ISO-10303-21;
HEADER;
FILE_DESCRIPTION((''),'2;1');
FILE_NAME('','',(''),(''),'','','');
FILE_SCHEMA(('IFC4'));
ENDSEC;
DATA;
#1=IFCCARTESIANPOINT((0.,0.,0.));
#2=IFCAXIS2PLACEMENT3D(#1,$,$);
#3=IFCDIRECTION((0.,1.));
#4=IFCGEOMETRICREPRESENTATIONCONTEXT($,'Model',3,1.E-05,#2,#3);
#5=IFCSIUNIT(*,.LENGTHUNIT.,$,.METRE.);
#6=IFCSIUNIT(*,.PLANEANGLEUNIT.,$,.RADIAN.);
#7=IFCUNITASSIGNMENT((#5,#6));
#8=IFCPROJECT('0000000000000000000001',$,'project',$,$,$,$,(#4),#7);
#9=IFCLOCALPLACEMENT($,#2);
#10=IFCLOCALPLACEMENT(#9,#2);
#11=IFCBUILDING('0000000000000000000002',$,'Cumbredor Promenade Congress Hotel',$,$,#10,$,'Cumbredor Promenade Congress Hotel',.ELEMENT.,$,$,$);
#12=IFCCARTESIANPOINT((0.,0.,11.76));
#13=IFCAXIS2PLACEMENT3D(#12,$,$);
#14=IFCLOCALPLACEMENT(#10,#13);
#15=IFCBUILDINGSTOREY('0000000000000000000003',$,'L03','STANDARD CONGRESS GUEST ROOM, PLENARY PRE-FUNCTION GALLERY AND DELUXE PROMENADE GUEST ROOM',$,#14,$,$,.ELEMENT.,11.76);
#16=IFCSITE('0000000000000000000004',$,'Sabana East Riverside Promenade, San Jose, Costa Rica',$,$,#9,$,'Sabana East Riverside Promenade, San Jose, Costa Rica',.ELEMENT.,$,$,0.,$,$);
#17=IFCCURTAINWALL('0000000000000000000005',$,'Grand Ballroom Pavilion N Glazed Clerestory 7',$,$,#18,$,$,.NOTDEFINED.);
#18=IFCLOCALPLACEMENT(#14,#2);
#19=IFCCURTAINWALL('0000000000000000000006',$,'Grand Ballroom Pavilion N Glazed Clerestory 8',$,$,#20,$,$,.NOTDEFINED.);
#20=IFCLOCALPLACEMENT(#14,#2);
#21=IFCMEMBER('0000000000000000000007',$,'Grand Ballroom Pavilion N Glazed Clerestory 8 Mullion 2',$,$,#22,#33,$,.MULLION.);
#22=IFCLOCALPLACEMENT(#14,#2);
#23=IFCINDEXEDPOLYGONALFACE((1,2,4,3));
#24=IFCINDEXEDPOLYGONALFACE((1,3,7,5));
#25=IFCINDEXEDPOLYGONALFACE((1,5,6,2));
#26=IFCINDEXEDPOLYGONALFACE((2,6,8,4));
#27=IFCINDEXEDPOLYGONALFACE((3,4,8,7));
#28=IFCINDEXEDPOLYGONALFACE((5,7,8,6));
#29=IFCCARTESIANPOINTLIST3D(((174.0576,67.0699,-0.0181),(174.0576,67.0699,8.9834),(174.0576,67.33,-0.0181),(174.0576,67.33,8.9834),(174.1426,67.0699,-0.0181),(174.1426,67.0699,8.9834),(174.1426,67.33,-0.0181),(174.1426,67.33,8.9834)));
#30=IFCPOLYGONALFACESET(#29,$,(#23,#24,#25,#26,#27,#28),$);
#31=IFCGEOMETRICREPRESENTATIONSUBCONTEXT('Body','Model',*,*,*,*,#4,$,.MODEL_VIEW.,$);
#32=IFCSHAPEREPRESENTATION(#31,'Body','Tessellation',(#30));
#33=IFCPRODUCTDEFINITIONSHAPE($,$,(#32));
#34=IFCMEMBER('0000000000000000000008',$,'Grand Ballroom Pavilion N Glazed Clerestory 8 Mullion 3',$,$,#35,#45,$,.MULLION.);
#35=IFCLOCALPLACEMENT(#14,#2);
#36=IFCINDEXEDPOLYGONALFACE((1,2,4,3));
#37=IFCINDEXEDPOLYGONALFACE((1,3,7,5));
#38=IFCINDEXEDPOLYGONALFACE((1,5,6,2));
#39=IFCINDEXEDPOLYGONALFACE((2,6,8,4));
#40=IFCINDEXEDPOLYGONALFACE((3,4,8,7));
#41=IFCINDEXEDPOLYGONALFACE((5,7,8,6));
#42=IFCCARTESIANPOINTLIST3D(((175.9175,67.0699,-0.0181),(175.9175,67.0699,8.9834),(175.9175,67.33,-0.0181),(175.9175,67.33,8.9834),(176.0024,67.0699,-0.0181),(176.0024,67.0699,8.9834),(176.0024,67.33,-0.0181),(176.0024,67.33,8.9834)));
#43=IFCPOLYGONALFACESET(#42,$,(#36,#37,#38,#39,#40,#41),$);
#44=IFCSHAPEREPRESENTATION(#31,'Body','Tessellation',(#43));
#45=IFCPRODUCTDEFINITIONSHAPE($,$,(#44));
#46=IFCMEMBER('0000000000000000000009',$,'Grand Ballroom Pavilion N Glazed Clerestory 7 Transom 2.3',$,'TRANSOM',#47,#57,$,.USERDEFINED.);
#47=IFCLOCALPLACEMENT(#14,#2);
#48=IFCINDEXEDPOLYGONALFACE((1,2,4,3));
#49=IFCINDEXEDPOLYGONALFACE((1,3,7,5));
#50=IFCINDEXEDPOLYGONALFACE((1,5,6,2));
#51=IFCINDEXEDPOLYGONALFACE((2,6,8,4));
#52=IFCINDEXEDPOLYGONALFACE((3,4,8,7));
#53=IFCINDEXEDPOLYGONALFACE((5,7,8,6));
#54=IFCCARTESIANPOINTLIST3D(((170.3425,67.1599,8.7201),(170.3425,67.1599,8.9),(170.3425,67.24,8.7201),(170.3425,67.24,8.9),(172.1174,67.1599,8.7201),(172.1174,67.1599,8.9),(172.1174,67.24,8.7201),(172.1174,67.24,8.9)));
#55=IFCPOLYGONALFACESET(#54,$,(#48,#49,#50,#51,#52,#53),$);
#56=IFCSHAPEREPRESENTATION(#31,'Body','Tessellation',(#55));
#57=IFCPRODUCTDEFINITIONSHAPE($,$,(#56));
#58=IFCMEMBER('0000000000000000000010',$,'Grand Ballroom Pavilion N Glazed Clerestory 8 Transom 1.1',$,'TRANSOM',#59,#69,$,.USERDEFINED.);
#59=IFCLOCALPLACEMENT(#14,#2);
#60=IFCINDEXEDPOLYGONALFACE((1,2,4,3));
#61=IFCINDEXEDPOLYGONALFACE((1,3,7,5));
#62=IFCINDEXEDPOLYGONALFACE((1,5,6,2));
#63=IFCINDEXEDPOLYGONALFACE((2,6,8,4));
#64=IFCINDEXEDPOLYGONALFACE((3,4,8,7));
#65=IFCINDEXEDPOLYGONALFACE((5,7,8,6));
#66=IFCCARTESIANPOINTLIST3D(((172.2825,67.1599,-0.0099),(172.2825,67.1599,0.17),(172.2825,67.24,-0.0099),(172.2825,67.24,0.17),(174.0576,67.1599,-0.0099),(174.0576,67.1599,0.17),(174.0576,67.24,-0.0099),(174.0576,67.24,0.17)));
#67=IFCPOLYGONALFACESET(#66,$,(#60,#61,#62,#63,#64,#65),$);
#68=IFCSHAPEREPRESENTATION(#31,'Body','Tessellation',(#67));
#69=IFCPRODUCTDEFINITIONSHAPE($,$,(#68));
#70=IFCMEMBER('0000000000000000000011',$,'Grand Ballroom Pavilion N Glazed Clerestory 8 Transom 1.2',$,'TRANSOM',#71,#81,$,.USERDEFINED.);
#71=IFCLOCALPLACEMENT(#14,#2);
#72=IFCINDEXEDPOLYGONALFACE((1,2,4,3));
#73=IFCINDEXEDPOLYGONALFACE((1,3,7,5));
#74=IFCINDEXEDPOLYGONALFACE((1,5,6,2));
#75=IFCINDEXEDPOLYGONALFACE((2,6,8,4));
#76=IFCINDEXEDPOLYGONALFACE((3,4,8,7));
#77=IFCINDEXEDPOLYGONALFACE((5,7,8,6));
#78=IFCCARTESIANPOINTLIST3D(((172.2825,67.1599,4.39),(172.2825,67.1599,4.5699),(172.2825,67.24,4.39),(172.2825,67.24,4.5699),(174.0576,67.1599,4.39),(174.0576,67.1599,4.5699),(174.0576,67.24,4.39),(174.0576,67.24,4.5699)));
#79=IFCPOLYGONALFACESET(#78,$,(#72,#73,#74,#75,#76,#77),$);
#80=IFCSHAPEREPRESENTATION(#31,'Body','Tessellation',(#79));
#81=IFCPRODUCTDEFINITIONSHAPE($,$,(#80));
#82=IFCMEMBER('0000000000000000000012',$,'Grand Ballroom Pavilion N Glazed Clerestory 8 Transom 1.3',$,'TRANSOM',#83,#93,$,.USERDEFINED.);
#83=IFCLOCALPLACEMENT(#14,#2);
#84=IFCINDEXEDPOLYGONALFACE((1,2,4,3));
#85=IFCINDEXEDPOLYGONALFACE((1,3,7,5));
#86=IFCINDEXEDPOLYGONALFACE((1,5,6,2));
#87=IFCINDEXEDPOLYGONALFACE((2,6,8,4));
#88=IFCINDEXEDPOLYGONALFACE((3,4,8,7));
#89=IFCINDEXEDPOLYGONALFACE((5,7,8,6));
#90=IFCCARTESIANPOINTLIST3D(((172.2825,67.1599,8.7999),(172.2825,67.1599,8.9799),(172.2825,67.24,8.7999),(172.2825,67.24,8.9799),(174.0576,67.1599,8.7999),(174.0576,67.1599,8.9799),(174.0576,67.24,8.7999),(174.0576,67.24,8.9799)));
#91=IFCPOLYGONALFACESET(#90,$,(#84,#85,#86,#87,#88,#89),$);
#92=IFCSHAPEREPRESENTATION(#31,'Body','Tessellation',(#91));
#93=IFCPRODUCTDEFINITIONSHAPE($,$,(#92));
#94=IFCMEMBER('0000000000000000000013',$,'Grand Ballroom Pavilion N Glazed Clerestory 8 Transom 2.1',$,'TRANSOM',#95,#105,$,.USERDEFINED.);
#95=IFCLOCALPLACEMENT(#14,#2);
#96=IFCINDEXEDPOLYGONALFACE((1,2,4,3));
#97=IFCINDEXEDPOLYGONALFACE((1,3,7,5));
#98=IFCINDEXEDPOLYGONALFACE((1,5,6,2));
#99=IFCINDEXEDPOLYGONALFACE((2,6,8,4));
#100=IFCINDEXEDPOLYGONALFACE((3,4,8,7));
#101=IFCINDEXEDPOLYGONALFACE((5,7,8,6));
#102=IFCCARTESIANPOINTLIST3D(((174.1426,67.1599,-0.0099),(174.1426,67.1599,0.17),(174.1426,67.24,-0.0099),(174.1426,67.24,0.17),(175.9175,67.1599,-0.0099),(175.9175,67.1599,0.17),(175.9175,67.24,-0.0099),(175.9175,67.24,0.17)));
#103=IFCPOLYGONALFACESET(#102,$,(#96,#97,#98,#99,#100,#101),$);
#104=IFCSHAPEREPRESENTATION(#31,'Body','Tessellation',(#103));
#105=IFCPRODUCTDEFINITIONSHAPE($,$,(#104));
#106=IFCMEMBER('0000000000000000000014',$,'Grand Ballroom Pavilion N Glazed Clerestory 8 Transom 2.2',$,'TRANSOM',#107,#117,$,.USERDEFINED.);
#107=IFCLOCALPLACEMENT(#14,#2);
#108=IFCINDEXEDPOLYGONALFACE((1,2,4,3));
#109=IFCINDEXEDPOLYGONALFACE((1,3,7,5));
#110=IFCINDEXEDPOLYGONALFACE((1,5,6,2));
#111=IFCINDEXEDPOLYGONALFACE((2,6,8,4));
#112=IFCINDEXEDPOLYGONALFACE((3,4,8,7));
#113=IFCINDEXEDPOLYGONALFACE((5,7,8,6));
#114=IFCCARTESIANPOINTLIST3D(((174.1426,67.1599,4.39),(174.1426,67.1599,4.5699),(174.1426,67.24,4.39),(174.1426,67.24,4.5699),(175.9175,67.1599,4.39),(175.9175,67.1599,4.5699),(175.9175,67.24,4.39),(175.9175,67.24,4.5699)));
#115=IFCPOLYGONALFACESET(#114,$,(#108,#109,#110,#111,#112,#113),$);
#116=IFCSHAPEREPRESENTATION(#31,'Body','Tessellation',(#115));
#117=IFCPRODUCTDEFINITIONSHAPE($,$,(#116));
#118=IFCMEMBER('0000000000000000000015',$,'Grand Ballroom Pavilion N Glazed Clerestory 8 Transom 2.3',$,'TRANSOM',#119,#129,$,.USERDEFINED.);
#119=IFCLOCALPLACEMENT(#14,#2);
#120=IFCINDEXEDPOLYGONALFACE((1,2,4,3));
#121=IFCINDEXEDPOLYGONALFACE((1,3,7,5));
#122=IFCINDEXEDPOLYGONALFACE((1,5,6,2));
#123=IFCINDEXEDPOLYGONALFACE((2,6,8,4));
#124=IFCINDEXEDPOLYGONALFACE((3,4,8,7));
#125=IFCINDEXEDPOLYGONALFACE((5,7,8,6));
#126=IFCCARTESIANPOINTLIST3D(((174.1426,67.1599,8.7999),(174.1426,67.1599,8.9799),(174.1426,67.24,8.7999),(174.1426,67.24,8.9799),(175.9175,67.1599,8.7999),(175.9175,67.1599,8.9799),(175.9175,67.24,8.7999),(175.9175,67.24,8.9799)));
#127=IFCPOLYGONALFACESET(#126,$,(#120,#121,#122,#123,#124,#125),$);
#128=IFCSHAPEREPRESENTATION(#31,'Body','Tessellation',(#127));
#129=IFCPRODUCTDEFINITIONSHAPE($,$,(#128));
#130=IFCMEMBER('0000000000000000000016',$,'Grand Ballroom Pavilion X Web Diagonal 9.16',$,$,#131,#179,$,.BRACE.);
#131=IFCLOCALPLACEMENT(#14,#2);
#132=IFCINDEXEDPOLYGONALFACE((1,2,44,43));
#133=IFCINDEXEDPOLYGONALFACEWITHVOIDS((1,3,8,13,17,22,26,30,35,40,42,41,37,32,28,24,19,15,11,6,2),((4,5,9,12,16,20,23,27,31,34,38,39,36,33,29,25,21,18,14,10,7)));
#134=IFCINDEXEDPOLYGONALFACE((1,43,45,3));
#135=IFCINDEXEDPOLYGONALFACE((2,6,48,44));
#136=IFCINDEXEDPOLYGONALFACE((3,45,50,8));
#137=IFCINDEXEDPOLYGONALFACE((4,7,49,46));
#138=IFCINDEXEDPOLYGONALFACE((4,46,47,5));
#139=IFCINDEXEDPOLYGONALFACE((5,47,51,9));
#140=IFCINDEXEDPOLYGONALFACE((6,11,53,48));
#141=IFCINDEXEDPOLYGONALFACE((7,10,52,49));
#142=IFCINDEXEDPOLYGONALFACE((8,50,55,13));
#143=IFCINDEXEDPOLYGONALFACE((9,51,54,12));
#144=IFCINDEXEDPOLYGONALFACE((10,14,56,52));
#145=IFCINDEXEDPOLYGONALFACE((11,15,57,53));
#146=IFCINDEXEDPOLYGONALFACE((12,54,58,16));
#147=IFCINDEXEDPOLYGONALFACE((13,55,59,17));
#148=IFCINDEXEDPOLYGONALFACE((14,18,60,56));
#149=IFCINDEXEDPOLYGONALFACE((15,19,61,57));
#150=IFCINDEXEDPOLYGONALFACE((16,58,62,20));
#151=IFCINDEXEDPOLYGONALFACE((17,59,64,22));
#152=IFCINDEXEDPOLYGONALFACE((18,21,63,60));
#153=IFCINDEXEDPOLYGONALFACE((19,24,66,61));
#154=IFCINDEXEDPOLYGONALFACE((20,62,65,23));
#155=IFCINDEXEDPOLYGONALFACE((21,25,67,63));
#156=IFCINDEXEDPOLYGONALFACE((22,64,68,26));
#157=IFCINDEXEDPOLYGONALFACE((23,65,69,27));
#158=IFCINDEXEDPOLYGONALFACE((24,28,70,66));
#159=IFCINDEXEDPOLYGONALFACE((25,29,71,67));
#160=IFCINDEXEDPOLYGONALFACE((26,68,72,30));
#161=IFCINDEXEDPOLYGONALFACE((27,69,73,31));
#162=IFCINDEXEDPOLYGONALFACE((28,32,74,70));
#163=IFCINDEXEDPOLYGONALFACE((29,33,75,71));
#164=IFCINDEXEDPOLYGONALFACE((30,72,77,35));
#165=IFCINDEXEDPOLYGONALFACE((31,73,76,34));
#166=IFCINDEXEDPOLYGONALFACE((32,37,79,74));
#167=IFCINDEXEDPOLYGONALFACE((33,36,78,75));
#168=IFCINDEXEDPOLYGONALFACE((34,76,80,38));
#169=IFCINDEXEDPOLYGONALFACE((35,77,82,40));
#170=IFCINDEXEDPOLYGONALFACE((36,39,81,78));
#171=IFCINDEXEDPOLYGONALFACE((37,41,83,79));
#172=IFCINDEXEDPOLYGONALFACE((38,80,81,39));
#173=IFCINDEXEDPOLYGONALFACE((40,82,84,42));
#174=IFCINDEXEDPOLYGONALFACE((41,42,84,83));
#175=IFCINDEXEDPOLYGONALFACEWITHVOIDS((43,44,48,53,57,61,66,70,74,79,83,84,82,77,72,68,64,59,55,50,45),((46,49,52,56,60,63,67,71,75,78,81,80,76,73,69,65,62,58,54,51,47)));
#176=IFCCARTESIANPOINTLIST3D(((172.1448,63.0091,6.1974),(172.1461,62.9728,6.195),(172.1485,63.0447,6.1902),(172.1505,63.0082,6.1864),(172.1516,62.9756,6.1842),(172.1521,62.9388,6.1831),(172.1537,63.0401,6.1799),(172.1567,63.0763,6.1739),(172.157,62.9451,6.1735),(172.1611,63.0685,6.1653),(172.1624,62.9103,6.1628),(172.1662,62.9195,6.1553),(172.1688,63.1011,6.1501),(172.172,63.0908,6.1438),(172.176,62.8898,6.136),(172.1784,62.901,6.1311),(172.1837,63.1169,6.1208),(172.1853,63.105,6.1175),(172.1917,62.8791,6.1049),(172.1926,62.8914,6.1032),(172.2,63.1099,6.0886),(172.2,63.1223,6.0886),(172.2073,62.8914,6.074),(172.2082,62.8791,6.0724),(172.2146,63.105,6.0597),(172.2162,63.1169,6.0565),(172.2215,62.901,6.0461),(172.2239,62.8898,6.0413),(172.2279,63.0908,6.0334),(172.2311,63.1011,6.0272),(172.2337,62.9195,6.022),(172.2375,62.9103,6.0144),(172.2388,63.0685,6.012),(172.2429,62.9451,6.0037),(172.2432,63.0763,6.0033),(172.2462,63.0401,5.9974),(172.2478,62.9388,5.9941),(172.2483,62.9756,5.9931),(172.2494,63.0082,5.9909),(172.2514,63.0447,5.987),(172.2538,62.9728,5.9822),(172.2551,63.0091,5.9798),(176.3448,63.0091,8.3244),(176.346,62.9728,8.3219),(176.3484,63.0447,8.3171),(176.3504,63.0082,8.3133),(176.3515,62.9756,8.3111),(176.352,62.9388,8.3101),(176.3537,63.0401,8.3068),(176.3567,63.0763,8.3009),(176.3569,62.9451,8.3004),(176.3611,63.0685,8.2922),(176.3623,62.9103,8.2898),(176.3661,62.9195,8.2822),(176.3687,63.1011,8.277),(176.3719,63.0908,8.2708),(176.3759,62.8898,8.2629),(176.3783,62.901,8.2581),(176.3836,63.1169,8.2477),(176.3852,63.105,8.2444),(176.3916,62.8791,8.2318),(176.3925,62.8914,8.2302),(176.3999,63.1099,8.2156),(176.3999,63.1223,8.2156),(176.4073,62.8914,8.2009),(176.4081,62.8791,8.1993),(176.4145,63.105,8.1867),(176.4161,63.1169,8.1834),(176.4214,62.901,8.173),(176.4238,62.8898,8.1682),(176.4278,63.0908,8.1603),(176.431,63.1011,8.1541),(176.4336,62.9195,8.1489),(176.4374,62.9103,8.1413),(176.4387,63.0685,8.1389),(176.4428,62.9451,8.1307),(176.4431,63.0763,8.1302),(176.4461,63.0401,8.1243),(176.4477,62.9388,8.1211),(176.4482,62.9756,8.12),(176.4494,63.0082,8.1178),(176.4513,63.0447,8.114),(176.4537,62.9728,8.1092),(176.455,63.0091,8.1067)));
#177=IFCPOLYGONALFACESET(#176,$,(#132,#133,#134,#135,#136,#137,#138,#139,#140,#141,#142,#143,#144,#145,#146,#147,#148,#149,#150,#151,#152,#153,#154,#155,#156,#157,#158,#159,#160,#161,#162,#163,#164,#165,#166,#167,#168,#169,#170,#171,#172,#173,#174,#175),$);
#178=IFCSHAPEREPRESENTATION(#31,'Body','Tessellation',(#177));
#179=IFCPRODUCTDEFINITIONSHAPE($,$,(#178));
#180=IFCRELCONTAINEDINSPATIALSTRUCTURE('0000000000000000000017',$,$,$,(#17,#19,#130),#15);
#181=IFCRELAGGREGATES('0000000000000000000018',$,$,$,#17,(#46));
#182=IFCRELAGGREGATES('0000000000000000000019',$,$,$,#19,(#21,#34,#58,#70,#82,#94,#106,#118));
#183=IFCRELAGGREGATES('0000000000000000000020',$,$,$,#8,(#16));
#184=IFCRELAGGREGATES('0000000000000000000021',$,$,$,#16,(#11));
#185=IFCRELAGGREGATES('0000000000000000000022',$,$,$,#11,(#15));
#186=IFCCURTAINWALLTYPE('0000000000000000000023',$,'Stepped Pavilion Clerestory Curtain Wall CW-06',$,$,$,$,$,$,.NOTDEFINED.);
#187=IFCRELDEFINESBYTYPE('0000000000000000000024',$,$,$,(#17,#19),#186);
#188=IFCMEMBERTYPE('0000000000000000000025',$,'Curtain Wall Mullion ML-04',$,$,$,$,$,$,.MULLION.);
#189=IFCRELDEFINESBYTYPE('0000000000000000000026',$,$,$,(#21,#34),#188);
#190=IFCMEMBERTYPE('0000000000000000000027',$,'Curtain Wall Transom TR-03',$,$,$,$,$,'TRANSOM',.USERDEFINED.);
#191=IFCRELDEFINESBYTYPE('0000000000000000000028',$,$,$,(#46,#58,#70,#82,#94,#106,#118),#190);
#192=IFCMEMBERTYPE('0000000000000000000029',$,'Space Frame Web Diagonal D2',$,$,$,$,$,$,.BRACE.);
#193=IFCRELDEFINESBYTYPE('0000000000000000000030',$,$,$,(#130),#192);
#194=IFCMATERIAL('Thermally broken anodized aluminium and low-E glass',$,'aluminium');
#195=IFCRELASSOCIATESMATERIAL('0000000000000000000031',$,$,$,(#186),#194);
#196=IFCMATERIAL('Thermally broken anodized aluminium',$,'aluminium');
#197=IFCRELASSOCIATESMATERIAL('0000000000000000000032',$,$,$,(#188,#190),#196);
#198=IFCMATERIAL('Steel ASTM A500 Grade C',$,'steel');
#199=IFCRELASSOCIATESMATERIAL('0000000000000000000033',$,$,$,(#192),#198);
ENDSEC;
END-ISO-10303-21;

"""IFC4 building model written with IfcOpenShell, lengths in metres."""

from ifc_helpers import new_model, si_unit, direction, frame, origin, origin_2d, place, context, subcontext, project, spatial, rectangle, hollow_circle, extrude, material, material_profile, profile_set, type_object, element, aggregate, save


model = new_model("IFC4")

# Units and contexts
model_context = context("Model", 3, precision=1e-05, world=origin(), true_north=direction((0.0, 1.0)))
body_context = subcontext(model_context, "Body", "Model", "MODEL_VIEW")
ifc_project = project(units=[si_unit("LENGTHUNIT", "METRE"), si_unit("PLANEANGLEUNIT", "RADIAN")], contexts=[model_context])

# Site, building, storey
site_placement = place(None, origin())
site = spatial("IfcSite", under=ifc_project, at=site_placement, Name="Sabana East Riverside Promenade, San Jose, Costa Rica", LongName="Sabana East Riverside Promenade, San Jose, Costa Rica", CompositionType="ELEMENT", RefElevation=0.0)
building_placement = place(site_placement, origin())
building = spatial("IfcBuilding", under=site, at=building_placement, Name="Cumbredor Promenade Congress Hotel", LongName="Cumbredor Promenade Congress Hotel", CompositionType="ELEMENT")
storey_placement = place(building_placement, frame((0.0, 0.0, 11.76)))
storey = spatial("IfcBuildingStorey", under=building, at=storey_placement, Name="L03", Description="STANDARD CONGRESS GUEST ROOM, PLENARY PRE-FUNCTION GALLERY AND DELUXE PROMENADE GUEST ROOM", CompositionType="ELEMENT", Elevation=11.76)

# Shared definitions
ifc_material_1 = material(Name="Steel ASTM A500 Grade C", Category="steel")

# Curtain wall
ifc_material_2 = material(Name="Thermally broken anodized aluminium and low-E glass", Category="aluminium")
curtain_wall_type = type_object("IfcCurtainWallType", Name="Stepped Pavilion Clerestory Curtain Wall CW-06", PredefinedType="NOTDEFINED", material=ifc_material_2)
curtain_wall_1_placement = place(storey_placement, origin())
curtain_wall_1 = element("IfcCurtainWall", 1, at=curtain_wall_1_placement, inside=storey, type_object=curtain_wall_type, Name="Grand Ballroom Pavilion N Glazed Clerestory 7", PredefinedType="NOTDEFINED")
ifc_material_3 = material(Name="Thermally broken anodized aluminium", Category="aluminium")
ifc_material_profile_1 = material_profile(ifc_material_3, rectangle(XDim=0.085, YDim=0.26, at=origin_2d()), Name="ALU MULLION CLERESTORY 85x260")
ifc_profile_set_1 = profile_set([ifc_material_profile_1], Name="Thermally broken anodized aluminium")
member_type_1 = type_object("IfcMemberType", Name="Curtain Wall Mullion ML-04", PredefinedType="MULLION", material=ifc_profile_set_1)

# Curtain wall, members
curtain_wall_2_placement = place(storey_placement, origin())
curtain_wall_2 = element("IfcCurtainWall", 2, at=curtain_wall_2_placement, inside=storey, type_object=curtain_wall_type, Name="Grand Ballroom Pavilion N Glazed Clerestory 8", PredefinedType="NOTDEFINED")
member_1_placement = place(storey_placement, frame((174.1001, 67.2, -0.0181), z_axis=(0.0, 0.0, 1.0), x_axis=(1.0, 0.0, 0.0)))
member_1 = element("IfcMember", 3, at=member_1_placement, type_object=member_type_1, Name="Grand Ballroom Pavilion N Glazed Clerestory 8 Mullion 2", PredefinedType="MULLION", context=body_context, shape_type="SweptSolid", body=[
    extrude(rectangle(XDim=0.085, YDim=0.26, at=origin_2d()), origin(), (0.0, 0.0, 1.0), 9.0015),
])
member_2_placement = place(storey_placement, frame((175.96, 67.2, -0.0181), z_axis=(0.0, 0.0, 1.0), x_axis=(1.0, 0.0, 0.0)))
member_2 = element("IfcMember", 4, at=member_2_placement, type_object=member_type_1, Name="Grand Ballroom Pavilion N Glazed Clerestory 8 Mullion 3", PredefinedType="MULLION", context=body_context, shape_type="SweptSolid", body=[
    extrude(rectangle(XDim=0.085, YDim=0.26, at=origin_2d()), origin(), (0.0, 0.0, 1.0), 9.0015),
])

# Members
ifc_material_profile_2 = material_profile(ifc_material_3, rectangle(XDim=0.0801, YDim=0.1799, at=origin_2d()), Name="ALU TRANSOM 80x180")
ifc_profile_set_2 = profile_set([ifc_material_profile_2], Name="Thermally broken anodized aluminium")
member_type_2 = type_object("IfcMemberType", Name="Curtain Wall Transom TR-03", ElementType="TRANSOM", PredefinedType="USERDEFINED", material=ifc_profile_set_2)
member_3_placement = place(storey_placement, frame((170.3425, 67.2, 8.8101), z_axis=(1.0, 0.0, 0.0), x_axis=(0.0, 1.0, 0.0)))
member_3 = element("IfcMember", 5, at=member_3_placement, type_object=member_type_2, Name="Grand Ballroom Pavilion N Glazed Clerestory 7 Transom 2.3", ObjectType="TRANSOM", PredefinedType="USERDEFINED", context=body_context, shape_type="SweptSolid", body=[
    extrude(rectangle(XDim=0.0801, YDim=0.1799, at=origin_2d()), origin(), (0.0, 0.0, 1.0), 1.7749),
])
member_4_placement = place(storey_placement, frame((172.2825, 67.2, 0.0801), z_axis=(1.0, 0.0, 0.0), x_axis=(0.0, 1.0, 0.0)))
member_4 = element("IfcMember", 6, at=member_4_placement, type_object=member_type_2, Name="Grand Ballroom Pavilion N Glazed Clerestory 8 Transom 1.1", ObjectType="TRANSOM", PredefinedType="USERDEFINED", context=body_context, shape_type="SweptSolid", body=[
    extrude(rectangle(XDim=0.0801, YDim=0.1799, at=origin_2d()), origin(), (0.0, 0.0, 1.0), 1.7751),
])
member_5_placement = place(storey_placement, frame((172.2825, 67.2, 4.48), z_axis=(1.0, 0.0, 0.0), x_axis=(0.0, 1.0, 0.0)))
member_5 = element("IfcMember", 7, at=member_5_placement, type_object=member_type_2, Name="Grand Ballroom Pavilion N Glazed Clerestory 8 Transom 1.2", ObjectType="TRANSOM", PredefinedType="USERDEFINED", context=body_context, shape_type="SweptSolid", body=[
    extrude(rectangle(XDim=0.0801, YDim=0.1799, at=origin_2d()), origin(), (0.0, 0.0, 1.0), 1.7751),
])
member_6_placement = place(storey_placement, frame((172.2825, 67.2, 8.8899), z_axis=(1.0, 0.0, 0.0), x_axis=(0.0, 1.0, 0.0)))
member_6 = element("IfcMember", 8, at=member_6_placement, type_object=member_type_2, Name="Grand Ballroom Pavilion N Glazed Clerestory 8 Transom 1.3", ObjectType="TRANSOM", PredefinedType="USERDEFINED", context=body_context, shape_type="SweptSolid", body=[
    extrude(rectangle(XDim=0.0801, YDim=0.1799, at=origin_2d()), origin(), (0.0, 0.0, 1.0), 1.7751),
])
member_7_placement = place(storey_placement, frame((174.1426, 67.2, 0.0801), z_axis=(1.0, 0.0, 0.0), x_axis=(0.0, 1.0, 0.0)))
member_7 = element("IfcMember", 9, at=member_7_placement, type_object=member_type_2, Name="Grand Ballroom Pavilion N Glazed Clerestory 8 Transom 2.1", ObjectType="TRANSOM", PredefinedType="USERDEFINED", context=body_context, shape_type="SweptSolid", body=[
    extrude(rectangle(XDim=0.0801, YDim=0.1799, at=origin_2d()), origin(), (0.0, 0.0, 1.0), 1.7749),
])
member_8_placement = place(storey_placement, frame((174.1426, 67.2, 4.48), z_axis=(1.0, 0.0, 0.0), x_axis=(0.0, 1.0, 0.0)))
member_8 = element("IfcMember", 10, at=member_8_placement, type_object=member_type_2, Name="Grand Ballroom Pavilion N Glazed Clerestory 8 Transom 2.2", ObjectType="TRANSOM", PredefinedType="USERDEFINED", context=body_context, shape_type="SweptSolid", body=[
    extrude(rectangle(XDim=0.0801, YDim=0.1799, at=origin_2d()), origin(), (0.0, 0.0, 1.0), 1.7749),
])
member_9_placement = place(storey_placement, frame((174.1426, 67.2, 8.8899), z_axis=(1.0, 0.0, 0.0), x_axis=(0.0, 1.0, 0.0)))
member_9 = element("IfcMember", 11, at=member_9_placement, type_object=member_type_2, Name="Grand Ballroom Pavilion N Glazed Clerestory 8 Transom 2.3", ObjectType="TRANSOM", PredefinedType="USERDEFINED", context=body_context, shape_type="SweptSolid", body=[
    extrude(rectangle(XDim=0.0801, YDim=0.1799, at=origin_2d()), origin(), (0.0, 0.0, 1.0), 1.7749),
])

# Member
ifc_material_profile_3 = material_profile(ifc_material_1, hollow_circle(Radius=0.1223, WallThickness=0.0125, at=origin_2d()), Name="CHS 244.5x12.5")
ifc_profile_set_3 = profile_set([ifc_material_profile_3], Name="Steel ASTM A500 Grade C")
member_type_3 = type_object("IfcMemberType", Name="Space Frame Web Diagonal D2", PredefinedType="BRACE", material=ifc_profile_set_3)
member_10_placement = place(storey_placement, frame((172.2, 63.0, 6.0886), z_axis=(0.892123, 0.0, 0.451792), x_axis=(0.0, 1.0, 0.0)))
element("IfcMember", 12, at=member_10_placement, inside=storey, type_object=member_type_3, Name="Grand Ballroom Pavilion X Web Diagonal 9.16", PredefinedType="BRACE", context=body_context, shape_type="SweptSolid", body=[
    extrude(hollow_circle(Radius=0.1223, WallThickness=0.0125, at=origin_2d()), origin(), (0.0, 0.0, 1.0), 4.7078),
])

aggregate(curtain_wall_1, [member_3])
aggregate(curtain_wall_2, [member_1, member_2, member_4, member_5, member_6, member_7, member_8, member_9])

save(model, "model.ifc")
